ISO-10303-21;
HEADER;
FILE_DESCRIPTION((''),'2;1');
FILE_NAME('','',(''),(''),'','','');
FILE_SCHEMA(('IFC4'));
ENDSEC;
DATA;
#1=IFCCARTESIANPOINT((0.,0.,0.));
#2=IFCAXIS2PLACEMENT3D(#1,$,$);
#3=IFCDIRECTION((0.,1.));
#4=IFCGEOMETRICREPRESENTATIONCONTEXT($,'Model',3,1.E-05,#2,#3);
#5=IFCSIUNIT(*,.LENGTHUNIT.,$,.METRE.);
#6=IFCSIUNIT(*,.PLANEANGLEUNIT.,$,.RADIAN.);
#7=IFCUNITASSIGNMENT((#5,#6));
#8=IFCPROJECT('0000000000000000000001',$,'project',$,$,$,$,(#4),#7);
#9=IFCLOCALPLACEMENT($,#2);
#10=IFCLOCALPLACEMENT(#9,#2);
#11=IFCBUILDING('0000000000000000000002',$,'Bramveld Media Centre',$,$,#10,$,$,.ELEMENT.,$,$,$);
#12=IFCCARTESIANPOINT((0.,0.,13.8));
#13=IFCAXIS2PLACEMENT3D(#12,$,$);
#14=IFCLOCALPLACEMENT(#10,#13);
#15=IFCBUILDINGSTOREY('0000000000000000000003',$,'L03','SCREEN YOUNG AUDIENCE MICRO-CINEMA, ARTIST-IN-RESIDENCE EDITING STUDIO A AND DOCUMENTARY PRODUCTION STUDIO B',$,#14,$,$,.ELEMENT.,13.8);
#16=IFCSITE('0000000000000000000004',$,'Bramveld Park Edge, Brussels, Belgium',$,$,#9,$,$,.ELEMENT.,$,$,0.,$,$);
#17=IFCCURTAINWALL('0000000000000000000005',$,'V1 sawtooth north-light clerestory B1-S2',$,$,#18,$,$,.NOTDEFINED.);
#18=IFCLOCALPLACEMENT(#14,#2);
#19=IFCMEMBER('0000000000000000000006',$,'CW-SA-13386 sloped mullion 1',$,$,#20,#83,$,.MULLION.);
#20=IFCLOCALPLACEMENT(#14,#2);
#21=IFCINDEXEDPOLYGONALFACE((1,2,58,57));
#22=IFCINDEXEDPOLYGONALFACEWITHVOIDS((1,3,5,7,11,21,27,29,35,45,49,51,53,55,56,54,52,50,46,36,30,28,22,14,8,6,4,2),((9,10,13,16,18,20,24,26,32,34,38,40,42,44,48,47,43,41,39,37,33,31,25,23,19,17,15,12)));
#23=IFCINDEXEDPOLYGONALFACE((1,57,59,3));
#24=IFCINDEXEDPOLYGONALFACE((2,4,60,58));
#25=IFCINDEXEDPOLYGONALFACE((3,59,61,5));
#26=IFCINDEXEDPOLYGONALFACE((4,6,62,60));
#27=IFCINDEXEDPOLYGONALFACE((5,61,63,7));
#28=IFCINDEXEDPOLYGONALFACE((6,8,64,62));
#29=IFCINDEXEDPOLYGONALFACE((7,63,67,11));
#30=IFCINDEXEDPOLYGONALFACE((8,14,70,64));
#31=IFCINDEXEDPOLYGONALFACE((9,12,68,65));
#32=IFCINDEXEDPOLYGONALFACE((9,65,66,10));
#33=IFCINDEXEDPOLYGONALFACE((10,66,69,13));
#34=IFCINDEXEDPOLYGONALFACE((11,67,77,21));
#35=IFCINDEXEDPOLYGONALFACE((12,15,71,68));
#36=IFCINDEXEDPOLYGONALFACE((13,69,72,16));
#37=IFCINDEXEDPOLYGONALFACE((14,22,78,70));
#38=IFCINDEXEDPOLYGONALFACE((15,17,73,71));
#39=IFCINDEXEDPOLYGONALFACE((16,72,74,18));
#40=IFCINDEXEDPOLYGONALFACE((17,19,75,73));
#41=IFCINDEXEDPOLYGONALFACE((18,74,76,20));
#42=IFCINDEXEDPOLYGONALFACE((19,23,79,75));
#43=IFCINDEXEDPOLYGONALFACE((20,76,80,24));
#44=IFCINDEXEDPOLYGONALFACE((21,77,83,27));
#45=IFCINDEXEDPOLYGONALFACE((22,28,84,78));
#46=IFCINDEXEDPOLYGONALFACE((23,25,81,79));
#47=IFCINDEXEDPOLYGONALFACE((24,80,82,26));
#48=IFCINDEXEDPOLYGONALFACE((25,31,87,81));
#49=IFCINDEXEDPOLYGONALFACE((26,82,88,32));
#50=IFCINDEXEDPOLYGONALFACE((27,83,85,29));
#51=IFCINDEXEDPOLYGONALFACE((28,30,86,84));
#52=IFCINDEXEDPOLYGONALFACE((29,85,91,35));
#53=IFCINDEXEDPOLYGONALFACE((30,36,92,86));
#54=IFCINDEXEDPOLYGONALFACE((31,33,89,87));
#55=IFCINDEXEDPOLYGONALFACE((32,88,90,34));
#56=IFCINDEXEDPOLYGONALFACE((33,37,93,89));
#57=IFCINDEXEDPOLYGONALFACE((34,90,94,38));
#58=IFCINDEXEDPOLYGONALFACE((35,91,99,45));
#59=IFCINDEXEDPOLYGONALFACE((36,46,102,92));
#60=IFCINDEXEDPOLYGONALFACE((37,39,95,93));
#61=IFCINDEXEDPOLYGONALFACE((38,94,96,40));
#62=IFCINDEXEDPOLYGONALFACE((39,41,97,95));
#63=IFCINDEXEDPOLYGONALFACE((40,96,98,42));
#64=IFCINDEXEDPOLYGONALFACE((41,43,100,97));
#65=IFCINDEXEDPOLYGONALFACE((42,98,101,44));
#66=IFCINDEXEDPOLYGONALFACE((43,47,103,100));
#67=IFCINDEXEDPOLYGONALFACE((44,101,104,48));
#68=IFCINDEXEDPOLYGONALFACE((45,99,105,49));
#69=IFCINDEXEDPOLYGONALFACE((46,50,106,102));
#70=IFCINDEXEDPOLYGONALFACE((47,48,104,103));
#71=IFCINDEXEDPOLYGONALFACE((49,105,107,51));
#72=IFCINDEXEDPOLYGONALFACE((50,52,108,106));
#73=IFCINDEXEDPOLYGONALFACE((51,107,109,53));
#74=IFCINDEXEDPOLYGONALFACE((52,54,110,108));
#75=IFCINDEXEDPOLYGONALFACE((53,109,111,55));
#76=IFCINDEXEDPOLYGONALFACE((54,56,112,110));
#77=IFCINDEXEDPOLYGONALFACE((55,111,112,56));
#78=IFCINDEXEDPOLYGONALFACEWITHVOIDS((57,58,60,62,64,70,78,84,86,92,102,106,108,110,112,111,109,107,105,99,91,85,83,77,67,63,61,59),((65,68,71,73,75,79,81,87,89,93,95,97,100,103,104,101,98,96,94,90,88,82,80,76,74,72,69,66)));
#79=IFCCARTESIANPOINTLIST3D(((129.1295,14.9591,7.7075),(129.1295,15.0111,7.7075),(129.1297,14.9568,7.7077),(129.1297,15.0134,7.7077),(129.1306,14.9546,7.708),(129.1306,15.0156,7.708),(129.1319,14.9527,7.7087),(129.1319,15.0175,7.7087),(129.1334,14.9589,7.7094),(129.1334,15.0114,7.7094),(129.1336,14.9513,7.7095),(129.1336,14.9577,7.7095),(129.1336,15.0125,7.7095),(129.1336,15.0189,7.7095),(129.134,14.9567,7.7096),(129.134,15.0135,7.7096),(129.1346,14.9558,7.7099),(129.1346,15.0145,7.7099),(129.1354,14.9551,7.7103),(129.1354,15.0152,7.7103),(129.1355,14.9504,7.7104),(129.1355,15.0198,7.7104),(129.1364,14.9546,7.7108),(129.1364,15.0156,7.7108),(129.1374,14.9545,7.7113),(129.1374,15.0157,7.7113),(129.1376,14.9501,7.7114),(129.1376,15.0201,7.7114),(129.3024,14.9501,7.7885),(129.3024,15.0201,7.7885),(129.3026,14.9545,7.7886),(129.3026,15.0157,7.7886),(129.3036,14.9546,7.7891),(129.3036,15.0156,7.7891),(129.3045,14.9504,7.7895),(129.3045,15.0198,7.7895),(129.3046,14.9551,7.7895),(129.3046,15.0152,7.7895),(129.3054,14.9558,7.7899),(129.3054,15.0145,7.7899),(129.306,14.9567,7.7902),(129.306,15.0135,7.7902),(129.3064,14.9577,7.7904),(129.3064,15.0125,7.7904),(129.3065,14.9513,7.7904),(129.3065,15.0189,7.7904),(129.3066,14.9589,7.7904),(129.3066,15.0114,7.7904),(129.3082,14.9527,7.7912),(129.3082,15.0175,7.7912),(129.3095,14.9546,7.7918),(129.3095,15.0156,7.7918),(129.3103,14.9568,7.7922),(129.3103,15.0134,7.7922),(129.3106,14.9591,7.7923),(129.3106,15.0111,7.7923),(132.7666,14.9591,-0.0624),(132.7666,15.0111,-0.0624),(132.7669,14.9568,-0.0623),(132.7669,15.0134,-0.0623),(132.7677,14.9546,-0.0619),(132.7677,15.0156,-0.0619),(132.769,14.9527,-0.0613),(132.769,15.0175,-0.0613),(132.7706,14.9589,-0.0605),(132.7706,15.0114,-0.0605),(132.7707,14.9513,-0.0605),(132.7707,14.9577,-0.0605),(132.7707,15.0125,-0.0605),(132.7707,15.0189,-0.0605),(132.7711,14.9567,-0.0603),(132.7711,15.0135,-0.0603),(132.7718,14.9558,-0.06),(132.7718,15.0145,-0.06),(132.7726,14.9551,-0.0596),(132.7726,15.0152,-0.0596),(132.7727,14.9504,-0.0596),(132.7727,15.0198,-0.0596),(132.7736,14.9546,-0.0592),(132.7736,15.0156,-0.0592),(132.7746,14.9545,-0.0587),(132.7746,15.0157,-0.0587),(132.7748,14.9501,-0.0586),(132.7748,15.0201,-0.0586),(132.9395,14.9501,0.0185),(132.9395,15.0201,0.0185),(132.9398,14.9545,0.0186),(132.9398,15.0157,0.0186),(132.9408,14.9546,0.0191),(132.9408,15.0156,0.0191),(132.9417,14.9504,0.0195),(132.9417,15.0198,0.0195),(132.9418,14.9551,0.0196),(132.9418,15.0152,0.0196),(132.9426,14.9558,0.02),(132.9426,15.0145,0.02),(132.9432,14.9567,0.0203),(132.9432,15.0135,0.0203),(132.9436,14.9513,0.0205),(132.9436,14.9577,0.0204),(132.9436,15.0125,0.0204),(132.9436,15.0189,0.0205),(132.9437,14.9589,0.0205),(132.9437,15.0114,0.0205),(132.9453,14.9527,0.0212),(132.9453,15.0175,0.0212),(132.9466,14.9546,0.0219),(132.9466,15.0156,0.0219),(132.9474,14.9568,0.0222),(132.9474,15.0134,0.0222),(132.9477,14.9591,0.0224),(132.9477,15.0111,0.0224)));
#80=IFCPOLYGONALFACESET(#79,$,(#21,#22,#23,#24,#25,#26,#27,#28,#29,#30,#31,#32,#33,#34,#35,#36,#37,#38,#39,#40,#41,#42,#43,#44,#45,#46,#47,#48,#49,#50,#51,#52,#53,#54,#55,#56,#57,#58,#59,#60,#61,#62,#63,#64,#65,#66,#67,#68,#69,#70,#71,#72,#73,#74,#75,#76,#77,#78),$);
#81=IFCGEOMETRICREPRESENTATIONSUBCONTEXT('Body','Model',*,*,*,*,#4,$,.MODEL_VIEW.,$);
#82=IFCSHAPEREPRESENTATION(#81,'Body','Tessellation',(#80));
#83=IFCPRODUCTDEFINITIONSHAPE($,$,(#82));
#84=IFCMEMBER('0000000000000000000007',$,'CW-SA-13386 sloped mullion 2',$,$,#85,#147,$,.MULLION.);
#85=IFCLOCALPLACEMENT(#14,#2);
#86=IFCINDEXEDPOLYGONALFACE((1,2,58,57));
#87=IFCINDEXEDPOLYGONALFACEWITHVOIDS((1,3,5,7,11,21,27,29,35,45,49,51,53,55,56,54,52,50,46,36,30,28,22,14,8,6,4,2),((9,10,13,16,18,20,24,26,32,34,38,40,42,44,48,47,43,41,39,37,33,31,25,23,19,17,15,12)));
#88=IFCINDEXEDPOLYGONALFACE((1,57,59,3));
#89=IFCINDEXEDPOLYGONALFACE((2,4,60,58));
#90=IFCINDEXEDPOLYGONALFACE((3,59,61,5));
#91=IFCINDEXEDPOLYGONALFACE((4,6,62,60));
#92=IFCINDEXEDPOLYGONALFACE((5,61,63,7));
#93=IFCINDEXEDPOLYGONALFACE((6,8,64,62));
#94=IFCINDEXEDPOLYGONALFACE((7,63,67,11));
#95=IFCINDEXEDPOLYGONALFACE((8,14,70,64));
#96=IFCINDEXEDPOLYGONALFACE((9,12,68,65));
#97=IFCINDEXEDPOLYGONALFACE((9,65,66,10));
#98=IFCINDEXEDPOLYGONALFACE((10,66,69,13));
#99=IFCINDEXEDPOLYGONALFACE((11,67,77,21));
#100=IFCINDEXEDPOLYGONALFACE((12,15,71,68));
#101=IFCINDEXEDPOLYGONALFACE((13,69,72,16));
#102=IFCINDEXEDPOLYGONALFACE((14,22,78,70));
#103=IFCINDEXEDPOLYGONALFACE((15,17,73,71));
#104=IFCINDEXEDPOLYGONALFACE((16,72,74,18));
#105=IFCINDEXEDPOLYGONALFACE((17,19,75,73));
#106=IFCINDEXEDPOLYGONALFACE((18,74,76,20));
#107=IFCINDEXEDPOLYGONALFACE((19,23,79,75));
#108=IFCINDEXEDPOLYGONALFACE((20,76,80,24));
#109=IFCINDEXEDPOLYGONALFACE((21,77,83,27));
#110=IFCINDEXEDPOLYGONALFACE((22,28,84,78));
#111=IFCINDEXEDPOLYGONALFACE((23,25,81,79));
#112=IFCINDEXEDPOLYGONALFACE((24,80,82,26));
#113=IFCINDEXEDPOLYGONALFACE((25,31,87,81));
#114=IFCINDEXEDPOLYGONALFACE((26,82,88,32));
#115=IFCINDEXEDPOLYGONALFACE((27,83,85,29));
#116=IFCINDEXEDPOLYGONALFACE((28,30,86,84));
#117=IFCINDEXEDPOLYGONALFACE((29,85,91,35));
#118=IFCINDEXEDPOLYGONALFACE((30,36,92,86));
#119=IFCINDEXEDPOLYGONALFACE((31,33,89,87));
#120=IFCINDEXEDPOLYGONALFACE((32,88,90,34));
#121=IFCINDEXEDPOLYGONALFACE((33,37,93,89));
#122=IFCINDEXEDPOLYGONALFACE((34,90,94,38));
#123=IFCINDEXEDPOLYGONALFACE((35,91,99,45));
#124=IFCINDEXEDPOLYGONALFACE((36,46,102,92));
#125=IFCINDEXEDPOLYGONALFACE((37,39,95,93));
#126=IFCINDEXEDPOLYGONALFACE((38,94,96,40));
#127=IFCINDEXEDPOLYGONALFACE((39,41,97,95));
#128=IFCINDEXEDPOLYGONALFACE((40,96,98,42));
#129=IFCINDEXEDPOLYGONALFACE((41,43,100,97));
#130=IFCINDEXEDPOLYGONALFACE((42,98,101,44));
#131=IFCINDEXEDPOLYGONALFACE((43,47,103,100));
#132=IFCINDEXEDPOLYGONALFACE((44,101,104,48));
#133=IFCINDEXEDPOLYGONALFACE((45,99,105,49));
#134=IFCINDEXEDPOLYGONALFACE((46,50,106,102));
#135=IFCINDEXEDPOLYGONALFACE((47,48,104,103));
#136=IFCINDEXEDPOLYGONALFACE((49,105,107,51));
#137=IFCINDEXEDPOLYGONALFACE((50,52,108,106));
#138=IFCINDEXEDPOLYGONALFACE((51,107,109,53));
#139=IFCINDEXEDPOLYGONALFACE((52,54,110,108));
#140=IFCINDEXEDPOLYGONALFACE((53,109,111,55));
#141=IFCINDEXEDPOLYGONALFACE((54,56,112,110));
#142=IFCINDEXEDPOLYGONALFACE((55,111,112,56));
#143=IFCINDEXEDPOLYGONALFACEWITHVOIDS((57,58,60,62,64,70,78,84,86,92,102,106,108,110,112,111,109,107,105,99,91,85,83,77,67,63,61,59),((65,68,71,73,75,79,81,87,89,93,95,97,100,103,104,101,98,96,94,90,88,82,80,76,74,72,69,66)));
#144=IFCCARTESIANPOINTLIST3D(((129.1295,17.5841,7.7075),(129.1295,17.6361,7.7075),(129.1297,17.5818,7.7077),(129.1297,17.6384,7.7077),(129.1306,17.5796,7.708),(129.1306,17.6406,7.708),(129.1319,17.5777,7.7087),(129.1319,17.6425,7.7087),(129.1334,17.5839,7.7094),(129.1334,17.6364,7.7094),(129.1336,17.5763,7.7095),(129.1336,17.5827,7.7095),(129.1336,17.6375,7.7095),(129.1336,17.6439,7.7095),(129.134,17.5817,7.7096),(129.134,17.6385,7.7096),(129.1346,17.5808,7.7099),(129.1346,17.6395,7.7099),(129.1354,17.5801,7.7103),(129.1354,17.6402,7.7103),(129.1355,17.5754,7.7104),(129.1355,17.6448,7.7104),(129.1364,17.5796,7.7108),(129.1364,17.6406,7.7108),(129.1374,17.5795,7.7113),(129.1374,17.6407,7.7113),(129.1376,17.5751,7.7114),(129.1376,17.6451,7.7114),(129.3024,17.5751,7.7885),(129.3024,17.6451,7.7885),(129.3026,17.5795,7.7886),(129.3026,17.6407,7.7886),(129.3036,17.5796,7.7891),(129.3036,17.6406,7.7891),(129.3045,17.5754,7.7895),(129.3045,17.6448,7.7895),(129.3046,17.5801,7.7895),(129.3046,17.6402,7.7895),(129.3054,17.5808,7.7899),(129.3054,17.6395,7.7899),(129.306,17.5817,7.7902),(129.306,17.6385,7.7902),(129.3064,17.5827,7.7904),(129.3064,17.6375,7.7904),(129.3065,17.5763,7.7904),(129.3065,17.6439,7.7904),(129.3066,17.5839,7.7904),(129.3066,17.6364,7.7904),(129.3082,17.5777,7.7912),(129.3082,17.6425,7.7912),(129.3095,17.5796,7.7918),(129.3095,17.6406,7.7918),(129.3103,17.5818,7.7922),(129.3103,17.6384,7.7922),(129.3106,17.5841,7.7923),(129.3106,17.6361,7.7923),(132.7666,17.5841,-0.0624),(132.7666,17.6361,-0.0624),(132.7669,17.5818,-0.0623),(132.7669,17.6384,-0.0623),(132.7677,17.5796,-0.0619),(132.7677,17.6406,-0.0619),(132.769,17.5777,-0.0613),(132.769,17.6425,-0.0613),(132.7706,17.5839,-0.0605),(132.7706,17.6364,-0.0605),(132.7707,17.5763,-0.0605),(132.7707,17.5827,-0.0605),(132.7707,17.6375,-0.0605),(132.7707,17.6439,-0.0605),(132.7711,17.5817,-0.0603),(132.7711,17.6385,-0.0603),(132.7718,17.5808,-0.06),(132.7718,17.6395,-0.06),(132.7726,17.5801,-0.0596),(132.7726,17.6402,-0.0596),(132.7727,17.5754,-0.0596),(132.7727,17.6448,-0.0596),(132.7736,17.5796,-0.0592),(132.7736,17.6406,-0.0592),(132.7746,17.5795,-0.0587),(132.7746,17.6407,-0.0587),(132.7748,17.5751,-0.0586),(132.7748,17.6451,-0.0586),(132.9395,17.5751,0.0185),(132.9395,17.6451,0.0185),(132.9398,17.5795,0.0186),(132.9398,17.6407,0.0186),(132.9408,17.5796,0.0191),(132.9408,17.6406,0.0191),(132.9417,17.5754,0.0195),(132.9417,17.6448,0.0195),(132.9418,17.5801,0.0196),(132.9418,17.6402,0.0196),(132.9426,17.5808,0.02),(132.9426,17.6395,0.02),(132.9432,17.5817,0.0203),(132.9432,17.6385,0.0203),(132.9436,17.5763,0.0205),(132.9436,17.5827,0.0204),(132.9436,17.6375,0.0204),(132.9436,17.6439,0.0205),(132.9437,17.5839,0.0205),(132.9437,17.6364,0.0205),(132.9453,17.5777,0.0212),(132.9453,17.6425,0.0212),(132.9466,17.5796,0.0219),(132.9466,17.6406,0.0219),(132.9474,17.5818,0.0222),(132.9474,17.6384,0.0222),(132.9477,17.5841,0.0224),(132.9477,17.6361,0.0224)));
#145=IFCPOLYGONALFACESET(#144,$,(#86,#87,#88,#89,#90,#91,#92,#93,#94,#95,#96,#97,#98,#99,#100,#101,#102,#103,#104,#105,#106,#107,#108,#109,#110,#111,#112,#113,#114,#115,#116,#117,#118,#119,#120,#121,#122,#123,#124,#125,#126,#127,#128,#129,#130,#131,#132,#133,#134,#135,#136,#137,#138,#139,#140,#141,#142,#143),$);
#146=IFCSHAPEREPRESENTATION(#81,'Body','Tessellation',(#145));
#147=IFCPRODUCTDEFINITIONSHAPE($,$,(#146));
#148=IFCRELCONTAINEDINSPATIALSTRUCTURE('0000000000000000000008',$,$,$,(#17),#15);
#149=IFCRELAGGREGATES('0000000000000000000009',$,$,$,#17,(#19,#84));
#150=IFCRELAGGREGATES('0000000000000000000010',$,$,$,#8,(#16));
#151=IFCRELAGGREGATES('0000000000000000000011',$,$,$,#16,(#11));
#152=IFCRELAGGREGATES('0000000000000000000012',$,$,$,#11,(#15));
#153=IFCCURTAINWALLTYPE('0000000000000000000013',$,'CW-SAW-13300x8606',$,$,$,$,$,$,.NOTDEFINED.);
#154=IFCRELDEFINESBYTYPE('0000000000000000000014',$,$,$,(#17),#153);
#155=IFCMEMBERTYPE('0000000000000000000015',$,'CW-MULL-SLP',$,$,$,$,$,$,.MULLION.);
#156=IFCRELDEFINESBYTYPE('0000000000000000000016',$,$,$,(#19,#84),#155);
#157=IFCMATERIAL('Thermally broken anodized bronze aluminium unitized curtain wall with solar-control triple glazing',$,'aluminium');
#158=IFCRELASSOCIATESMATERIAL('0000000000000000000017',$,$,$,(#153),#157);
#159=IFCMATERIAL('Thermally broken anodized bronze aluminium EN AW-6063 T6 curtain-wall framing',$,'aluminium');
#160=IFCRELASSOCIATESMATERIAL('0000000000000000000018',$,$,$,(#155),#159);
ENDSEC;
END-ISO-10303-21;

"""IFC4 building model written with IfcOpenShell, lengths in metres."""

from ifc_helpers import new_model, si_unit, direction, frame, origin, origin_2d, place, context, subcontext, project, spatial, hollow_rectangle, extrude, material, material_profile, profile_set, type_object, element, aggregate, save


model = new_model("IFC4")

# Units and contexts
model_context = context("Model", 3, precision=1e-05, world=origin(), true_north=direction((0.0, 1.0)))
body_context = subcontext(model_context, "Body", "Model", "MODEL_VIEW")
ifc_project = project(units=[si_unit("LENGTHUNIT", "METRE"), si_unit("PLANEANGLEUNIT", "RADIAN")], contexts=[model_context])

# Site, building, storey
site_placement = place(None, origin())
site = spatial("IfcSite", under=ifc_project, at=site_placement, Name="Bramveld Park Edge, Brussels, Belgium", CompositionType="ELEMENT", RefElevation=0.0)
building_placement = place(site_placement, origin())
building = spatial("IfcBuilding", under=site, at=building_placement, Name="Bramveld Media Centre", CompositionType="ELEMENT")
storey_placement = place(building_placement, frame((0.0, 0.0, 13.8)))
storey = spatial("IfcBuildingStorey", under=building, at=storey_placement, Name="L03", Description="SCREEN YOUNG AUDIENCE MICRO-CINEMA, ARTIST-IN-RESIDENCE EDITING STUDIO A AND DOCUMENTARY PRODUCTION STUDIO B", CompositionType="ELEMENT", Elevation=13.8)

# Curtain wall, members
ifc_material_1 = material(Name="Thermally broken anodized bronze aluminium unitized curtain wall with solar-control triple glazing", Category="aluminium")
curtain_wall_type = type_object("IfcCurtainWallType", Name="CW-SAW-13300x8606", PredefinedType="NOTDEFINED", material=ifc_material_1)
ifc_material_2 = material(Name="Thermally broken anodized bronze aluminium EN AW-6063 T6 curtain-wall framing", Category="aluminium")
ifc_material_profile_1 = material_profile(ifc_material_2, hollow_rectangle(XDim=0.0701, YDim=0.2, WallThickness=0.0044, InnerFilletRadius=0.0044, OuterFilletRadius=0.009, at=origin_2d()), Name="AL-MULL 70x200")
ifc_profile_set_1 = profile_set([ifc_material_profile_1], Name="Thermally broken anodized bronze aluminium EN AW-6063 T6 curtain-wall framing")
member_type_1 = type_object("IfcMemberType", Name="CW-MULL-SLP", PredefinedType="MULLION", material=ifc_profile_set_1)
curtain_wall_1_placement = place(storey_placement, origin())
curtain_wall_1 = element("IfcCurtainWall", 1, at=curtain_wall_1_placement, inside=storey, type_object=curtain_wall_type, Name="V1 sawtooth north-light clerestory B1-S2", PredefinedType="NOTDEFINED")
member_1_placement = place(storey_placement, frame((132.8572, 14.9851, -0.02), z_axis=(-0.423957, 0.0, 0.905682), x_axis=(0.0, -1.0, 0.0)))
member_1 = element("IfcMember", 2, at=member_1_placement, type_object=member_type_1, Name="CW-SA-13386 sloped mullion 1", PredefinedType="MULLION", context=body_context, shape_type="SweptSolid", body=[
    extrude(hollow_rectangle(XDim=0.0701, YDim=0.2, WallThickness=0.0044, InnerFilletRadius=0.0044, OuterFilletRadius=0.009, at=origin_2d()), origin(), (0.0, 0.0, 1.0), 8.5791),
])
member_2_placement = place(storey_placement, frame((132.8572, 17.6101, -0.02), z_axis=(-0.423957, 0.0, 0.905682), x_axis=(0.0, -1.0, 0.0)))
member_2 = element("IfcMember", 3, at=member_2_placement, type_object=member_type_1, Name="CW-SA-13386 sloped mullion 2", PredefinedType="MULLION", context=body_context, shape_type="SweptSolid", body=[
    extrude(hollow_rectangle(XDim=0.0701, YDim=0.2, WallThickness=0.0044, InnerFilletRadius=0.0044, OuterFilletRadius=0.009, at=origin_2d()), origin(), (0.0, 0.0, 1.0), 8.5791),
])
aggregate(curtain_wall_1, [member_1, member_2])

save(model, "model.ifc")
